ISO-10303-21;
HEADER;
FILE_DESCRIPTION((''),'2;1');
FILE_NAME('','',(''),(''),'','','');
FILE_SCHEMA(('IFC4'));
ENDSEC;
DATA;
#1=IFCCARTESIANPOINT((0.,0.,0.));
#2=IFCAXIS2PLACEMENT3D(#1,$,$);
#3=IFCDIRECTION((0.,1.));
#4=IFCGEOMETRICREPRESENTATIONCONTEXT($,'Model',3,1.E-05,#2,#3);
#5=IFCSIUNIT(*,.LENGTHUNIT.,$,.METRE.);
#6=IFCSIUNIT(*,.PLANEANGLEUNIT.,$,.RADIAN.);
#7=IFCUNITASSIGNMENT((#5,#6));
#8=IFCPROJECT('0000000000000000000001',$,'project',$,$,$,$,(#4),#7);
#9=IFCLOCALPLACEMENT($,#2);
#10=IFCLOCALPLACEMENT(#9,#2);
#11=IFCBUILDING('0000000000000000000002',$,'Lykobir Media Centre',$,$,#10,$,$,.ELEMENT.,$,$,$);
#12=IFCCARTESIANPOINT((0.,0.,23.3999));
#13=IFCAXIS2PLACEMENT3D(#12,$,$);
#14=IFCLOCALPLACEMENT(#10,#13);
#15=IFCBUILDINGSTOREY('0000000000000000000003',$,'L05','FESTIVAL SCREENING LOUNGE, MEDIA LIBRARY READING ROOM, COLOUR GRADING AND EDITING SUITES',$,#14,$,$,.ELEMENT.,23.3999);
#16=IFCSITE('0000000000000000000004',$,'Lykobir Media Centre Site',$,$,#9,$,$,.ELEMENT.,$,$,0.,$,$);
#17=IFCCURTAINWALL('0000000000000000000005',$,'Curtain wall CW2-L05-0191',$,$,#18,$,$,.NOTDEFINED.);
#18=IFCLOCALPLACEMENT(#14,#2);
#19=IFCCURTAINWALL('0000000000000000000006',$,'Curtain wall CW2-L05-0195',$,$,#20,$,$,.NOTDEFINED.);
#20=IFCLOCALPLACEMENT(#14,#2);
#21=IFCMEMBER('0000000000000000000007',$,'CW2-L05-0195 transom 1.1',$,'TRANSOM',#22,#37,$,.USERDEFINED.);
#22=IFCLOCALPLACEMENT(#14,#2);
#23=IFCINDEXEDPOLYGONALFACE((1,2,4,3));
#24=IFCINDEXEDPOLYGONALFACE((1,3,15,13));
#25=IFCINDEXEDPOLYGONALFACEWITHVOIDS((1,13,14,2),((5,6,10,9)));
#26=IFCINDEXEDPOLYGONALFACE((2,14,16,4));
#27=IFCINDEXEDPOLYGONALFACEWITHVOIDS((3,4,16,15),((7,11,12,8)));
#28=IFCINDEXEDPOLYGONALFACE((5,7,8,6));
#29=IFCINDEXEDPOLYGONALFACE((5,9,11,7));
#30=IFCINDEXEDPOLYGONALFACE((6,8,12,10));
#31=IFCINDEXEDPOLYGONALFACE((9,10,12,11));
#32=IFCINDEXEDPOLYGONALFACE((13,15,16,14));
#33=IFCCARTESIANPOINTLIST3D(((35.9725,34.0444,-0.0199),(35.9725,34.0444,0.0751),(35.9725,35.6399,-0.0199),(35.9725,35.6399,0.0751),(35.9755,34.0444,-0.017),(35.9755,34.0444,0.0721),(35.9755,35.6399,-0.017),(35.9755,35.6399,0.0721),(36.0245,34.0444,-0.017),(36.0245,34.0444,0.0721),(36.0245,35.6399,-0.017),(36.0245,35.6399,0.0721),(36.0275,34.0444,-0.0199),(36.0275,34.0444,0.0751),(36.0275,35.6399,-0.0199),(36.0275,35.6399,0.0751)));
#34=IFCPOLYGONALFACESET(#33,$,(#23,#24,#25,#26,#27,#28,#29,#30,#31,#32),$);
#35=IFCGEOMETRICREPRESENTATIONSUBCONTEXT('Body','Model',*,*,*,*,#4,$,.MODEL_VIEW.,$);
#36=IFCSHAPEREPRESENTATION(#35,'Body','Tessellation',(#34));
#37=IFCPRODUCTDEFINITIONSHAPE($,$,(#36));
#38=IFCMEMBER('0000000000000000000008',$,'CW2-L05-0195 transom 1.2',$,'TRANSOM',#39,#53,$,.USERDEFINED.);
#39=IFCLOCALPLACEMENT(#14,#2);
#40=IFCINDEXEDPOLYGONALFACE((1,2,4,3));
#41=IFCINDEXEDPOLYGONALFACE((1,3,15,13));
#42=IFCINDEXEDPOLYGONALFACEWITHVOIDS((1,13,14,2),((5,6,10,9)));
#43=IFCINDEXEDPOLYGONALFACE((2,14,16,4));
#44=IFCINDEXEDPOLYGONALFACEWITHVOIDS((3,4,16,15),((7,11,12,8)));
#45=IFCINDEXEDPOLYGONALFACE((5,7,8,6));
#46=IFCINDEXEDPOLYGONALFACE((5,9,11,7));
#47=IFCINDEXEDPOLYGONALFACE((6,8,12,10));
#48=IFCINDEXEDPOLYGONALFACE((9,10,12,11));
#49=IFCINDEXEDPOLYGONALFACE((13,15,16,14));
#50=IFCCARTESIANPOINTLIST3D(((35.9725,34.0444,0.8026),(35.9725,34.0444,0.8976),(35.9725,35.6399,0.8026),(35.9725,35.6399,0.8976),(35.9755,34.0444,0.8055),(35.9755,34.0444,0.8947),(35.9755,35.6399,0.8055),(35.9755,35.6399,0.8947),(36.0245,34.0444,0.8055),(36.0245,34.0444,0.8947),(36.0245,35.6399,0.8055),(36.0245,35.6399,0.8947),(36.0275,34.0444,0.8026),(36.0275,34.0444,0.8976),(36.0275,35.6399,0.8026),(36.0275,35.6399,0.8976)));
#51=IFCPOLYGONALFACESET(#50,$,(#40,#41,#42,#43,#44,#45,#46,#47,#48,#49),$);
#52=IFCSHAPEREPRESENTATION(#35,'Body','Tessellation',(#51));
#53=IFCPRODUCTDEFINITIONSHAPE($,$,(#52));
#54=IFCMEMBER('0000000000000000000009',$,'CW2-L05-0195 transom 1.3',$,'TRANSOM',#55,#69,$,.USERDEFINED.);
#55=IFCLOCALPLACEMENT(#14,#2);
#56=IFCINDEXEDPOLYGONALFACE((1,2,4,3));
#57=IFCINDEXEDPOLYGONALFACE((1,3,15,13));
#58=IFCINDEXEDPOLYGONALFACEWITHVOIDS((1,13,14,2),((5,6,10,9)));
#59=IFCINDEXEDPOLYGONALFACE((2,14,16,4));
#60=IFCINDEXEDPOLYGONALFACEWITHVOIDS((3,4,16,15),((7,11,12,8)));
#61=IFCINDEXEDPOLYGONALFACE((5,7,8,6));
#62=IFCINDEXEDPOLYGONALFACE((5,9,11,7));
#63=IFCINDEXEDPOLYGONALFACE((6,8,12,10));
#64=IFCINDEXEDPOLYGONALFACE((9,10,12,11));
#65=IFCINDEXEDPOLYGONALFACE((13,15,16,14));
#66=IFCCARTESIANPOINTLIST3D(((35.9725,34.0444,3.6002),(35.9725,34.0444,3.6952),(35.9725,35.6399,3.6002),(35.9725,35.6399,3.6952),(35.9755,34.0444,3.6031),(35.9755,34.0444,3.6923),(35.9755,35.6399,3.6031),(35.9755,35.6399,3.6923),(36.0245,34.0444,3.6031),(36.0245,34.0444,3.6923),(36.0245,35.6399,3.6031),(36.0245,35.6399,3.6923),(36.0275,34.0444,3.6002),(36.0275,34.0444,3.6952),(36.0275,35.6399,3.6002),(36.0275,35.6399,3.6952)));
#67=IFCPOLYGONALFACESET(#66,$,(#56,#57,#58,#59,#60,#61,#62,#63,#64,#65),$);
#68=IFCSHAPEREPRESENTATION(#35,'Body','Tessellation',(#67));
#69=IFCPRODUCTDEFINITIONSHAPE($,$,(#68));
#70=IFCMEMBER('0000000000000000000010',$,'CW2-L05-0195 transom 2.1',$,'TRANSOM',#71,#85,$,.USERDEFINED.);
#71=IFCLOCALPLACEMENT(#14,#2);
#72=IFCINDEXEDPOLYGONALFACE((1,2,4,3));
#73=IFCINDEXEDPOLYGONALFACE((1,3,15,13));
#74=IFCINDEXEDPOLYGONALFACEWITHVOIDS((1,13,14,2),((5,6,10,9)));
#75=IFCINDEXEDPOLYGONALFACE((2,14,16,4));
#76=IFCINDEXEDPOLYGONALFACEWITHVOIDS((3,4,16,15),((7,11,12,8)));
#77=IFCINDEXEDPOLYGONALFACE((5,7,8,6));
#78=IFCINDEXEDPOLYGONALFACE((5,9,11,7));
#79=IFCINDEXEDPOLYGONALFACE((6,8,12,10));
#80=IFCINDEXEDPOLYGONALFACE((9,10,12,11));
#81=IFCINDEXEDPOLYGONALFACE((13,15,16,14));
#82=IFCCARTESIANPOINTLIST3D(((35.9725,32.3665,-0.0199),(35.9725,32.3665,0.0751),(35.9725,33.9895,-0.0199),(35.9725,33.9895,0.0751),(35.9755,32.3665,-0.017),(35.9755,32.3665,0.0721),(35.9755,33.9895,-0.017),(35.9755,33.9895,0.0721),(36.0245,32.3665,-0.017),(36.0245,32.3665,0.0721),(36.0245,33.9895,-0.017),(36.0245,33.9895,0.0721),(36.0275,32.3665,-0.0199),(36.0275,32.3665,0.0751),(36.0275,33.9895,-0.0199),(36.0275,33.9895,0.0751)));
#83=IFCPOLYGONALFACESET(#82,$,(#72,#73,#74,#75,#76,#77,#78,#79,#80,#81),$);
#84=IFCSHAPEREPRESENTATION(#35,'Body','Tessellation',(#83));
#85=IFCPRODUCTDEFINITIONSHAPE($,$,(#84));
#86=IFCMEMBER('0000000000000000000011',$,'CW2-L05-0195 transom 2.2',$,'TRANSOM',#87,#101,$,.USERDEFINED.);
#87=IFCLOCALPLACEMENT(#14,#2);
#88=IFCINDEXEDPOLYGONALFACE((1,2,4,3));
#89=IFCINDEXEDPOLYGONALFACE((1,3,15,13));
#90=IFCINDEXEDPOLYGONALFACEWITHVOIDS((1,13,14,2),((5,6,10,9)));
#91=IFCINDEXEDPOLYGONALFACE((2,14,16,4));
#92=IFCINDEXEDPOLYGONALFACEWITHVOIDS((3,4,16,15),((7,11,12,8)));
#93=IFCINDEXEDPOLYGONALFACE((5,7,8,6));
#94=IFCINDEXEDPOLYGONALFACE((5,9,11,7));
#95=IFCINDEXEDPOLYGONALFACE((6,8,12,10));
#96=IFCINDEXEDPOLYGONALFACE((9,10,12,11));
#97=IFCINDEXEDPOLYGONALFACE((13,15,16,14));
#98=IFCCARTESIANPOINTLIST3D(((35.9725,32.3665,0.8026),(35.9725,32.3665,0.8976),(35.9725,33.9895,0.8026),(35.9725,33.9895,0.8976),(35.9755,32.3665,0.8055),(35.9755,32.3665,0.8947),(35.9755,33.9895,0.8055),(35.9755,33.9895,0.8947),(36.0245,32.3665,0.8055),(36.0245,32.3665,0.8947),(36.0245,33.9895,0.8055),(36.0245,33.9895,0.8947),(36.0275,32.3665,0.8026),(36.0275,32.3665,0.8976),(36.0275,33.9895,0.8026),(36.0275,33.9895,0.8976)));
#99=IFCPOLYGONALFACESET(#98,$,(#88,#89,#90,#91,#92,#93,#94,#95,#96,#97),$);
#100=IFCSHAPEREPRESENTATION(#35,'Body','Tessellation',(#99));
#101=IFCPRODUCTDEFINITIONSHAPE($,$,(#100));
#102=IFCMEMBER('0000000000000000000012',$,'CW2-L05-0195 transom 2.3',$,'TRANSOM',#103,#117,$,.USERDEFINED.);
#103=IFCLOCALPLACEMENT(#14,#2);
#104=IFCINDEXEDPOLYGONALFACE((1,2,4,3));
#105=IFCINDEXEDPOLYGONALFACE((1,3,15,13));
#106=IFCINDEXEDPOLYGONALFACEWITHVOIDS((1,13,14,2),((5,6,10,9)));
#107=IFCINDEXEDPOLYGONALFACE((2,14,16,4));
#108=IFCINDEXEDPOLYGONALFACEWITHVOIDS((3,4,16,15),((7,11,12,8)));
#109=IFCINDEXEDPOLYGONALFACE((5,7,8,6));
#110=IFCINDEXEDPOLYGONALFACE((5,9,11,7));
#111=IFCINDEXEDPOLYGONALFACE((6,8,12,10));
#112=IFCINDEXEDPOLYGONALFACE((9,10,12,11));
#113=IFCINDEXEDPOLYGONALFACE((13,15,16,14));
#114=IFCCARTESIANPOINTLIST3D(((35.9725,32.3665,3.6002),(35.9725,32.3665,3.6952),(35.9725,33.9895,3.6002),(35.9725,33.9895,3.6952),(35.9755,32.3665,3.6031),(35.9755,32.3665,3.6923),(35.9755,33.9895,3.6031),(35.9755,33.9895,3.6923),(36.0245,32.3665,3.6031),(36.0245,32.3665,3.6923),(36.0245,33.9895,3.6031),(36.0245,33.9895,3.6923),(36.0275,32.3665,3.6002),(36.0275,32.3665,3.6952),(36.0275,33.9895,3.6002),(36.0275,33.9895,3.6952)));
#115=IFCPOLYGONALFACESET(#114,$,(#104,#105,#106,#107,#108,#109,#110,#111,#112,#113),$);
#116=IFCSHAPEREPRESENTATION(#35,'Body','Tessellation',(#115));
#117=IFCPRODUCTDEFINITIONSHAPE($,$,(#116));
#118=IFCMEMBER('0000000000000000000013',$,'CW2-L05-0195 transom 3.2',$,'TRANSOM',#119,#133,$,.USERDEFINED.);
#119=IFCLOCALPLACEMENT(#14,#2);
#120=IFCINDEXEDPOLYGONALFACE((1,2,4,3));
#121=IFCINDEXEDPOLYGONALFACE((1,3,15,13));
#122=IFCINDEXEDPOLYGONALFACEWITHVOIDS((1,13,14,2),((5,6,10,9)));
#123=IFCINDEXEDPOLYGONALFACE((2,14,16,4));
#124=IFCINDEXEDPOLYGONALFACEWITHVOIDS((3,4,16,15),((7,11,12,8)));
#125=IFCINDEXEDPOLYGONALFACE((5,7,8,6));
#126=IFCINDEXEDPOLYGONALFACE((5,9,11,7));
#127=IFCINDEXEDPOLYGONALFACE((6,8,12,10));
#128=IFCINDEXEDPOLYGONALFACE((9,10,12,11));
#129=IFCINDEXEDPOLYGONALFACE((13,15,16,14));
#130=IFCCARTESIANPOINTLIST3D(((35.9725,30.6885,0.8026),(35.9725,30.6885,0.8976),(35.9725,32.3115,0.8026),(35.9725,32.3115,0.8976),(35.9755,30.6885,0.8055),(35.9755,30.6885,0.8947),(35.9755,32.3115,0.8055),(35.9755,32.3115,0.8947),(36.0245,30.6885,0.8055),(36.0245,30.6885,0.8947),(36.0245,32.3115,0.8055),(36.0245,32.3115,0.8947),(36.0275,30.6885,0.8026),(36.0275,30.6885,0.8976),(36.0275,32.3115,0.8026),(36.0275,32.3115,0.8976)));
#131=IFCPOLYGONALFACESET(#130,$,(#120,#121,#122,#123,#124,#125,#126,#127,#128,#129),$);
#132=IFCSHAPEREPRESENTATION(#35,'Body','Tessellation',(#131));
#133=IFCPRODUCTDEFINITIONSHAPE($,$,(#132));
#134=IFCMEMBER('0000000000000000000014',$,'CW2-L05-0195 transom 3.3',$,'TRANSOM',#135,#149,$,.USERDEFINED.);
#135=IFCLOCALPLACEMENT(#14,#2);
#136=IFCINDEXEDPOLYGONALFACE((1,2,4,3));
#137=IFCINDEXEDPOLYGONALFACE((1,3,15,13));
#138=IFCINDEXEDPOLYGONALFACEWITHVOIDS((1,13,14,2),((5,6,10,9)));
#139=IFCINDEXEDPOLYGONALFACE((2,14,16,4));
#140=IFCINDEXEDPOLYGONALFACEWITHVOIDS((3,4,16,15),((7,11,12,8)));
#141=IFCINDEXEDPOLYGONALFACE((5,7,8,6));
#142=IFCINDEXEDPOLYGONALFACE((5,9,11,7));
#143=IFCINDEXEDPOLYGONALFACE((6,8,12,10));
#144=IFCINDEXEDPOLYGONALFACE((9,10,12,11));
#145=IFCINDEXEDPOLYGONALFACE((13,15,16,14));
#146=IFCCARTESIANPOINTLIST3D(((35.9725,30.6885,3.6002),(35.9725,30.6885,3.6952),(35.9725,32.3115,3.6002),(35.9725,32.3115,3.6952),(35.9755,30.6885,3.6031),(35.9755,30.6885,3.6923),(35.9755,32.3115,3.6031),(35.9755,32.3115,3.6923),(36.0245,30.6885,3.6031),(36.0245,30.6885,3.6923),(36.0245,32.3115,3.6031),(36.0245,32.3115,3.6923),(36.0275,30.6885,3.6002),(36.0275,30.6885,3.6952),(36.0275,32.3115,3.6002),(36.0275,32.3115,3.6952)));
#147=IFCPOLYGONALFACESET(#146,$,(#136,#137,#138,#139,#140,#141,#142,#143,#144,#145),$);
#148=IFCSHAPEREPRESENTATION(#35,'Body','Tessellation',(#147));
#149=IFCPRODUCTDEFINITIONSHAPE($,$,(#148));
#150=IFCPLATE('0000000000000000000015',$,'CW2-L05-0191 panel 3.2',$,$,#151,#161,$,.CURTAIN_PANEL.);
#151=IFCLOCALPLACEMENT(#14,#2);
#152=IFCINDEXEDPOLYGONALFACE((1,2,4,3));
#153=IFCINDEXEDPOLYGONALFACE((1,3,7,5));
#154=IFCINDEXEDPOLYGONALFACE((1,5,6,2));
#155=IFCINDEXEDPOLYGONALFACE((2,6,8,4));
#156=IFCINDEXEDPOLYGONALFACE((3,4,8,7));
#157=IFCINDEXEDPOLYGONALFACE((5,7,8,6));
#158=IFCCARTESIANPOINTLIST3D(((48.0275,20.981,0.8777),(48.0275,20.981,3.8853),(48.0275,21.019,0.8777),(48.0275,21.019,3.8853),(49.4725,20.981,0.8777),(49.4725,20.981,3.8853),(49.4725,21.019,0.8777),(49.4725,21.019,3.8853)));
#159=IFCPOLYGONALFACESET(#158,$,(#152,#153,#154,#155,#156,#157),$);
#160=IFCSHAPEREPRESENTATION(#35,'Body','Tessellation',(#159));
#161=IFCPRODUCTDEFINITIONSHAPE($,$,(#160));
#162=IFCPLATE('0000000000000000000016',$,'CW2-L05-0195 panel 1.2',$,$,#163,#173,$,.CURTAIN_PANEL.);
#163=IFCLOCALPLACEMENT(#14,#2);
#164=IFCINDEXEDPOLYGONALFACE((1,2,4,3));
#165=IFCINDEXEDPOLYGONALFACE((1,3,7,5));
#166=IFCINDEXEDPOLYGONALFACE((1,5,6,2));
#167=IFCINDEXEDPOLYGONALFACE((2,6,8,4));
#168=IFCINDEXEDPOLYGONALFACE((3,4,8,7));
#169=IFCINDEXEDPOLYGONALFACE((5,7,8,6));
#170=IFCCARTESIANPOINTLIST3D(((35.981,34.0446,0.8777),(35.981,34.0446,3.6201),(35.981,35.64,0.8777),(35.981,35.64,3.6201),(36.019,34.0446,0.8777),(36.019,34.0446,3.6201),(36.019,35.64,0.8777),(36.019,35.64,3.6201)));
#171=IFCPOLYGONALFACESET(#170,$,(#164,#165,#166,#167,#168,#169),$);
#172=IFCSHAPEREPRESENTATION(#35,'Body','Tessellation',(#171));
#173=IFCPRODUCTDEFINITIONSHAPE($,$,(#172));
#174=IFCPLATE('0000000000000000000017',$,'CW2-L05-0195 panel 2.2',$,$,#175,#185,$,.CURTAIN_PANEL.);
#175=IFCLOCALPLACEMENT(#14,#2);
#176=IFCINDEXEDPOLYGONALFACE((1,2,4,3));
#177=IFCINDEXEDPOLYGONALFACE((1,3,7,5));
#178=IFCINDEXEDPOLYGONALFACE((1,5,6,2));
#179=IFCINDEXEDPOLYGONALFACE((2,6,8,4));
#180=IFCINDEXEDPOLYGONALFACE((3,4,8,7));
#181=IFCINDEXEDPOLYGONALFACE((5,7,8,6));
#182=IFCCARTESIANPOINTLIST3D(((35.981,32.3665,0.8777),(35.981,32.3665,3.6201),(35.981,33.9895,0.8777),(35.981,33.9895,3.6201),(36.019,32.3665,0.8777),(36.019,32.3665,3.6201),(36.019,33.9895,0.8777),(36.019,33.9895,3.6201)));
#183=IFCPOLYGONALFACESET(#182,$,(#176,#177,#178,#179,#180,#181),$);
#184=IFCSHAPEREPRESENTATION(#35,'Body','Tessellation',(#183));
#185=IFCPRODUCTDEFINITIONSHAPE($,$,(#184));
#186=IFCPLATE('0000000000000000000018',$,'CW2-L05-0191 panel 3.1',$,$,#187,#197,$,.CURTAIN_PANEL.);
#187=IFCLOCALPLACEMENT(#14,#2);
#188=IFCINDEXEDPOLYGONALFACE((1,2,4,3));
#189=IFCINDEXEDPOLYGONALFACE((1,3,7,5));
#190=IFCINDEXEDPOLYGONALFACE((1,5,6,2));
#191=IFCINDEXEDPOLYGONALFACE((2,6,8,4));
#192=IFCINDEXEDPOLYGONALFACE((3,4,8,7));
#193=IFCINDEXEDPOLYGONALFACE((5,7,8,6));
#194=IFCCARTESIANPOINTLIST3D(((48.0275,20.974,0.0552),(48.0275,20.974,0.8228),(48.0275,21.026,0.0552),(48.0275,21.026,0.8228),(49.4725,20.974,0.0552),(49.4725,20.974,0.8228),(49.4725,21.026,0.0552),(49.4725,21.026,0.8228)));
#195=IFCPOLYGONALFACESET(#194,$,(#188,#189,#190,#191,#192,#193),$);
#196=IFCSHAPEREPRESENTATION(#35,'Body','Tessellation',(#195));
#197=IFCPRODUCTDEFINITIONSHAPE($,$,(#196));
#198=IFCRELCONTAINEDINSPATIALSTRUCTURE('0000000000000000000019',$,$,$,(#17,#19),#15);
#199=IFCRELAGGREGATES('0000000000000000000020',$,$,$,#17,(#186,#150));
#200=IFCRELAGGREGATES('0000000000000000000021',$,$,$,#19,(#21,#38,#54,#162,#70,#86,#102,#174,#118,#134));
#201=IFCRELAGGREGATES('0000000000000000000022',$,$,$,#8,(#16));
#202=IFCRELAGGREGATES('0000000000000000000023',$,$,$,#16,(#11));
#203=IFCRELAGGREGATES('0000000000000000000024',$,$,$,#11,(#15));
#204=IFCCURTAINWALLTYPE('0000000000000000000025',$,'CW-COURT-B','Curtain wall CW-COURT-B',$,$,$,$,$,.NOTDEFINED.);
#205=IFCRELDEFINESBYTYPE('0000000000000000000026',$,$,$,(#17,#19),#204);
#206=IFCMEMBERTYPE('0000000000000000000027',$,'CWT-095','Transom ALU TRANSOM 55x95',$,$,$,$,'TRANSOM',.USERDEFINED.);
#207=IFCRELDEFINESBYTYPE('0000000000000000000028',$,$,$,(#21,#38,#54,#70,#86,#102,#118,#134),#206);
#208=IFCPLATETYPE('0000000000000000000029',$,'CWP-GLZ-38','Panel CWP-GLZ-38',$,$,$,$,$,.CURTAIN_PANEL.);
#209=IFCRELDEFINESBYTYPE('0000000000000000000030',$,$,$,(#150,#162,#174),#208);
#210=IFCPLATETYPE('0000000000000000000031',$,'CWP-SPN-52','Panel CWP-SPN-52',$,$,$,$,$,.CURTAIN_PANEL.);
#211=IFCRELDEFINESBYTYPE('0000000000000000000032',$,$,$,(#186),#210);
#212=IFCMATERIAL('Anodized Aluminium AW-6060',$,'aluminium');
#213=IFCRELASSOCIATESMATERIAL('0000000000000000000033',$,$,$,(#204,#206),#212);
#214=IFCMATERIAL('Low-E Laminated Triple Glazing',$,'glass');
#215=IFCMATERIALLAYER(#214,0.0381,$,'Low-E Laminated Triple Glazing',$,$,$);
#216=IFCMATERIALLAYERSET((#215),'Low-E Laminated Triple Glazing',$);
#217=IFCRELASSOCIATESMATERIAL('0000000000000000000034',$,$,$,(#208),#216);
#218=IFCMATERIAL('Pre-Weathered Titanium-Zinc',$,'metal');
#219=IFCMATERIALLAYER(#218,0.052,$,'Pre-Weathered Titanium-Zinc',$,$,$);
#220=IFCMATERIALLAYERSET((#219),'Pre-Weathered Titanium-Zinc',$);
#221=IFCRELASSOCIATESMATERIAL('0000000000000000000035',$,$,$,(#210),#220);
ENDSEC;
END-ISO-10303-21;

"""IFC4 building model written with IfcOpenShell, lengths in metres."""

from ifc_helpers import new_model, si_unit, direction, frame, origin, origin_2d, place, context, subcontext, project, spatial, rectangle, hollow_rectangle, extrude, material, layer, layer_set, material_profile, profile_set, type_object, element, aggregate, save


model = new_model("IFC4")

# Units and contexts
model_context = context("Model", 3, precision=1e-05, world=origin(), true_north=direction((0.0, 1.0)))
body_context = subcontext(model_context, "Body", "Model", "MODEL_VIEW")
ifc_project = project(units=[si_unit("LENGTHUNIT", "METRE"), si_unit("PLANEANGLEUNIT", "RADIAN")], contexts=[model_context])

# Site, building, storey
site_placement = place(None, origin())
site = spatial("IfcSite", under=ifc_project, at=site_placement, Name="Lykobir Media Centre Site", CompositionType="ELEMENT", RefElevation=0.0)
building_placement = place(site_placement, origin())
building = spatial("IfcBuilding", under=site, at=building_placement, Name="Lykobir Media Centre", CompositionType="ELEMENT")
storey_placement = place(building_placement, frame((0.0, 0.0, 23.3999)))
storey = spatial("IfcBuildingStorey", under=building, at=storey_placement, Name="L05", Description="FESTIVAL SCREENING LOUNGE, MEDIA LIBRARY READING ROOM, COLOUR GRADING AND EDITING SUITES", CompositionType="ELEMENT", Elevation=23.3999)

# Curtain wall
ifc_material_1 = material(Name="Anodized Aluminium AW-6060", Category="aluminium")
curtain_wall_type = type_object("IfcCurtainWallType", Name="CW-COURT-B", Description="Curtain wall CW-COURT-B", PredefinedType="NOTDEFINED", material=ifc_material_1)
curtain_wall_1_placement = place(storey_placement, origin())
curtain_wall_1 = element("IfcCurtainWall", 1, at=curtain_wall_1_placement, inside=storey, type_object=curtain_wall_type, Name="Curtain wall CW2-L05-0191", PredefinedType="NOTDEFINED")

# Curtain wall
curtain_wall_2_placement = place(storey_placement, origin())
curtain_wall_2 = element("IfcCurtainWall", 2, at=curtain_wall_2_placement, inside=storey, type_object=curtain_wall_type, Name="Curtain wall CW2-L05-0195", PredefinedType="NOTDEFINED")

# Members
ifc_material_profile_1 = material_profile(ifc_material_1, hollow_rectangle(XDim=0.0549, YDim=0.095, WallThickness=0.0029, at=origin_2d()), Name="ALU TRANSOM 55x95")
ifc_profile_set_1 = profile_set([ifc_material_profile_1], Name="Anodized Aluminium AW-6060")
member_type_1 = type_object("IfcMemberType", Name="CWT-095", Description="Transom ALU TRANSOM 55x95", ElementType="TRANSOM", PredefinedType="USERDEFINED", material=ifc_profile_set_1)
member_1_placement = place(storey_placement, frame((36.0, 35.6399, 0.0276), z_axis=(0.0, -1.0, 0.0), x_axis=(1.0, 0.0, 0.0)))
member_1 = element("IfcMember", 3, at=member_1_placement, type_object=member_type_1, Name="CW2-L05-0195 transom 1.1", ObjectType="TRANSOM", PredefinedType="USERDEFINED", context=body_context, shape_type="SweptSolid", body=[
    extrude(hollow_rectangle(XDim=0.0549, YDim=0.095, WallThickness=0.0029, at=origin_2d()), origin(), (0.0, 0.0, 1.0), 1.5955),
])
member_2_placement = place(storey_placement, frame((36.0, 35.6399, 0.8501), z_axis=(0.0, -1.0, 0.0), x_axis=(1.0, 0.0, 0.0)))
member_2 = element("IfcMember", 4, at=member_2_placement, type_object=member_type_1, Name="CW2-L05-0195 transom 1.2", ObjectType="TRANSOM", PredefinedType="USERDEFINED", context=body_context, shape_type="SweptSolid", body=[
    extrude(hollow_rectangle(XDim=0.0549, YDim=0.095, WallThickness=0.0029, at=origin_2d()), origin(), (0.0, 0.0, 1.0), 1.5955),
])
member_3_placement = place(storey_placement, frame((36.0, 35.6399, 3.6477), z_axis=(0.0, -1.0, 0.0), x_axis=(1.0, 0.0, 0.0)))
member_3 = element("IfcMember", 5, at=member_3_placement, type_object=member_type_1, Name="CW2-L05-0195 transom 1.3", ObjectType="TRANSOM", PredefinedType="USERDEFINED", context=body_context, shape_type="SweptSolid", body=[
    extrude(hollow_rectangle(XDim=0.0549, YDim=0.095, WallThickness=0.0029, at=origin_2d()), origin(), (0.0, 0.0, 1.0), 1.5955),
])
member_4_placement = place(storey_placement, frame((36.0, 33.9895, 0.0276), z_axis=(0.0, -1.0, 0.0), x_axis=(1.0, 0.0, 0.0)))
member_4 = element("IfcMember", 6, at=member_4_placement, type_object=member_type_1, Name="CW2-L05-0195 transom 2.1", ObjectType="TRANSOM", PredefinedType="USERDEFINED", context=body_context, shape_type="SweptSolid", body=[
    extrude(hollow_rectangle(XDim=0.0549, YDim=0.095, WallThickness=0.0029, at=origin_2d()), origin(), (0.0, 0.0, 1.0), 1.623),
])
member_5_placement = place(storey_placement, frame((36.0, 33.9895, 0.8501), z_axis=(0.0, -1.0, 0.0), x_axis=(1.0, 0.0, 0.0)))
member_5 = element("IfcMember", 7, at=member_5_placement, type_object=member_type_1, Name="CW2-L05-0195 transom 2.2", ObjectType="TRANSOM", PredefinedType="USERDEFINED", context=body_context, shape_type="SweptSolid", body=[
    extrude(hollow_rectangle(XDim=0.0549, YDim=0.095, WallThickness=0.0029, at=origin_2d()), origin(), (0.0, 0.0, 1.0), 1.623),
])
member_6_placement = place(storey_placement, frame((36.0, 33.9895, 3.6477), z_axis=(0.0, -1.0, 0.0), x_axis=(1.0, 0.0, 0.0)))
member_6 = element("IfcMember", 8, at=member_6_placement, type_object=member_type_1, Name="CW2-L05-0195 transom 2.3", ObjectType="TRANSOM", PredefinedType="USERDEFINED", context=body_context, shape_type="SweptSolid", body=[
    extrude(hollow_rectangle(XDim=0.0549, YDim=0.095, WallThickness=0.0029, at=origin_2d()), origin(), (0.0, 0.0, 1.0), 1.623),
])
member_7_placement = place(storey_placement, frame((36.0, 32.3115, 0.8501), z_axis=(0.0, -1.0, 0.0), x_axis=(1.0, 0.0, 0.0)))
member_7 = element("IfcMember", 9, at=member_7_placement, type_object=member_type_1, Name="CW2-L05-0195 transom 3.2", ObjectType="TRANSOM", PredefinedType="USERDEFINED", context=body_context, shape_type="SweptSolid", body=[
    extrude(hollow_rectangle(XDim=0.0549, YDim=0.095, WallThickness=0.0029, at=origin_2d()), origin(), (0.0, 0.0, 1.0), 1.623),
])
member_8_placement = place(storey_placement, frame((36.0, 32.3115, 3.6477), z_axis=(0.0, -1.0, 0.0), x_axis=(1.0, 0.0, 0.0)))
member_8 = element("IfcMember", 10, at=member_8_placement, type_object=member_type_1, Name="CW2-L05-0195 transom 3.3", ObjectType="TRANSOM", PredefinedType="USERDEFINED", context=body_context, shape_type="SweptSolid", body=[
    extrude(hollow_rectangle(XDim=0.0549, YDim=0.095, WallThickness=0.0029, at=origin_2d()), origin(), (0.0, 0.0, 1.0), 1.623),
])

# Plates
ifc_material_2 = material(Name="Low-E Laminated Triple Glazing", Category="glass")
ifc_layer_1 = layer(ifc_material_2, 0.0381, Name="Low-E Laminated Triple Glazing")
ifc_layer_set_1 = layer_set([ifc_layer_1], Name="Low-E Laminated Triple Glazing")
plate_type_1 = type_object("IfcPlateType", Name="CWP-GLZ-38", Description="Panel CWP-GLZ-38", PredefinedType="CURTAIN_PANEL", material=ifc_layer_set_1)
plate_1_placement = place(storey_placement, frame((48.75, 21.0, 0.8777), z_axis=(0.0, 0.0, 1.0), x_axis=(1.0, 0.0, 0.0)))
plate_1 = element("IfcPlate", 11, at=plate_1_placement, type_object=plate_type_1, Name="CW2-L05-0191 panel 3.2", PredefinedType="CURTAIN_PANEL", context=body_context, shape_type="SweptSolid", body=[
    extrude(rectangle(XDim=1.4451, YDim=0.0381, at=origin_2d()), origin(), (0.0, 0.0, 1.0), 3.0076),
])
plate_2_placement = place(storey_placement, frame((36.0, 34.8423, 0.8777), z_axis=(0.0, 0.0, 1.0), x_axis=(0.0, -1.0, 0.0)))
plate_2 = element("IfcPlate", 12, at=plate_2_placement, type_object=plate_type_1, Name="CW2-L05-0195 panel 1.2", PredefinedType="CURTAIN_PANEL", context=body_context, shape_type="SweptSolid", body=[
    extrude(rectangle(XDim=1.5955, YDim=0.0381, at=origin_2d()), origin(), (0.0, 0.0, 1.0), 2.7424),
])
plate_3_placement = place(storey_placement, frame((36.0, 33.178, 0.8777), z_axis=(0.0, 0.0, 1.0), x_axis=(0.0, -1.0, 0.0)))
plate_3 = element("IfcPlate", 13, at=plate_3_placement, type_object=plate_type_1, Name="CW2-L05-0195 panel 2.2", PredefinedType="CURTAIN_PANEL", context=body_context, shape_type="SweptSolid", body=[
    extrude(rectangle(XDim=1.623, YDim=0.0381, at=origin_2d()), origin(), (0.0, 0.0, 1.0), 2.7424),
])
ifc_material_3 = material(Name="Pre-Weathered Titanium-Zinc", Category="metal")
ifc_layer_2 = layer(ifc_material_3, 0.052, Name="Pre-Weathered Titanium-Zinc")
ifc_layer_set_2 = layer_set([ifc_layer_2], Name="Pre-Weathered Titanium-Zinc")
plate_type_2 = type_object("IfcPlateType", Name="CWP-SPN-52", Description="Panel CWP-SPN-52", PredefinedType="CURTAIN_PANEL", material=ifc_layer_set_2)
plate_4_placement = place(storey_placement, frame((48.75, 21.0, 0.0552), z_axis=(0.0, 0.0, 1.0), x_axis=(1.0, 0.0, 0.0)))
plate_4 = element("IfcPlate", 14, at=plate_4_placement, type_object=plate_type_2, Name="CW2-L05-0191 panel 3.1", PredefinedType="CURTAIN_PANEL", context=body_context, shape_type="SweptSolid", body=[
    extrude(rectangle(XDim=1.4451, YDim=0.052, at=origin_2d()), origin(), (0.0, 0.0, 1.0), 0.7676),
])
aggregate(curtain_wall_1, [plate_4, plate_1])
aggregate(curtain_wall_2, [member_1, member_2, member_3, plate_2, member_4, member_5, member_6, plate_3, member_7, member_8])

save(model, "model.ifc")
